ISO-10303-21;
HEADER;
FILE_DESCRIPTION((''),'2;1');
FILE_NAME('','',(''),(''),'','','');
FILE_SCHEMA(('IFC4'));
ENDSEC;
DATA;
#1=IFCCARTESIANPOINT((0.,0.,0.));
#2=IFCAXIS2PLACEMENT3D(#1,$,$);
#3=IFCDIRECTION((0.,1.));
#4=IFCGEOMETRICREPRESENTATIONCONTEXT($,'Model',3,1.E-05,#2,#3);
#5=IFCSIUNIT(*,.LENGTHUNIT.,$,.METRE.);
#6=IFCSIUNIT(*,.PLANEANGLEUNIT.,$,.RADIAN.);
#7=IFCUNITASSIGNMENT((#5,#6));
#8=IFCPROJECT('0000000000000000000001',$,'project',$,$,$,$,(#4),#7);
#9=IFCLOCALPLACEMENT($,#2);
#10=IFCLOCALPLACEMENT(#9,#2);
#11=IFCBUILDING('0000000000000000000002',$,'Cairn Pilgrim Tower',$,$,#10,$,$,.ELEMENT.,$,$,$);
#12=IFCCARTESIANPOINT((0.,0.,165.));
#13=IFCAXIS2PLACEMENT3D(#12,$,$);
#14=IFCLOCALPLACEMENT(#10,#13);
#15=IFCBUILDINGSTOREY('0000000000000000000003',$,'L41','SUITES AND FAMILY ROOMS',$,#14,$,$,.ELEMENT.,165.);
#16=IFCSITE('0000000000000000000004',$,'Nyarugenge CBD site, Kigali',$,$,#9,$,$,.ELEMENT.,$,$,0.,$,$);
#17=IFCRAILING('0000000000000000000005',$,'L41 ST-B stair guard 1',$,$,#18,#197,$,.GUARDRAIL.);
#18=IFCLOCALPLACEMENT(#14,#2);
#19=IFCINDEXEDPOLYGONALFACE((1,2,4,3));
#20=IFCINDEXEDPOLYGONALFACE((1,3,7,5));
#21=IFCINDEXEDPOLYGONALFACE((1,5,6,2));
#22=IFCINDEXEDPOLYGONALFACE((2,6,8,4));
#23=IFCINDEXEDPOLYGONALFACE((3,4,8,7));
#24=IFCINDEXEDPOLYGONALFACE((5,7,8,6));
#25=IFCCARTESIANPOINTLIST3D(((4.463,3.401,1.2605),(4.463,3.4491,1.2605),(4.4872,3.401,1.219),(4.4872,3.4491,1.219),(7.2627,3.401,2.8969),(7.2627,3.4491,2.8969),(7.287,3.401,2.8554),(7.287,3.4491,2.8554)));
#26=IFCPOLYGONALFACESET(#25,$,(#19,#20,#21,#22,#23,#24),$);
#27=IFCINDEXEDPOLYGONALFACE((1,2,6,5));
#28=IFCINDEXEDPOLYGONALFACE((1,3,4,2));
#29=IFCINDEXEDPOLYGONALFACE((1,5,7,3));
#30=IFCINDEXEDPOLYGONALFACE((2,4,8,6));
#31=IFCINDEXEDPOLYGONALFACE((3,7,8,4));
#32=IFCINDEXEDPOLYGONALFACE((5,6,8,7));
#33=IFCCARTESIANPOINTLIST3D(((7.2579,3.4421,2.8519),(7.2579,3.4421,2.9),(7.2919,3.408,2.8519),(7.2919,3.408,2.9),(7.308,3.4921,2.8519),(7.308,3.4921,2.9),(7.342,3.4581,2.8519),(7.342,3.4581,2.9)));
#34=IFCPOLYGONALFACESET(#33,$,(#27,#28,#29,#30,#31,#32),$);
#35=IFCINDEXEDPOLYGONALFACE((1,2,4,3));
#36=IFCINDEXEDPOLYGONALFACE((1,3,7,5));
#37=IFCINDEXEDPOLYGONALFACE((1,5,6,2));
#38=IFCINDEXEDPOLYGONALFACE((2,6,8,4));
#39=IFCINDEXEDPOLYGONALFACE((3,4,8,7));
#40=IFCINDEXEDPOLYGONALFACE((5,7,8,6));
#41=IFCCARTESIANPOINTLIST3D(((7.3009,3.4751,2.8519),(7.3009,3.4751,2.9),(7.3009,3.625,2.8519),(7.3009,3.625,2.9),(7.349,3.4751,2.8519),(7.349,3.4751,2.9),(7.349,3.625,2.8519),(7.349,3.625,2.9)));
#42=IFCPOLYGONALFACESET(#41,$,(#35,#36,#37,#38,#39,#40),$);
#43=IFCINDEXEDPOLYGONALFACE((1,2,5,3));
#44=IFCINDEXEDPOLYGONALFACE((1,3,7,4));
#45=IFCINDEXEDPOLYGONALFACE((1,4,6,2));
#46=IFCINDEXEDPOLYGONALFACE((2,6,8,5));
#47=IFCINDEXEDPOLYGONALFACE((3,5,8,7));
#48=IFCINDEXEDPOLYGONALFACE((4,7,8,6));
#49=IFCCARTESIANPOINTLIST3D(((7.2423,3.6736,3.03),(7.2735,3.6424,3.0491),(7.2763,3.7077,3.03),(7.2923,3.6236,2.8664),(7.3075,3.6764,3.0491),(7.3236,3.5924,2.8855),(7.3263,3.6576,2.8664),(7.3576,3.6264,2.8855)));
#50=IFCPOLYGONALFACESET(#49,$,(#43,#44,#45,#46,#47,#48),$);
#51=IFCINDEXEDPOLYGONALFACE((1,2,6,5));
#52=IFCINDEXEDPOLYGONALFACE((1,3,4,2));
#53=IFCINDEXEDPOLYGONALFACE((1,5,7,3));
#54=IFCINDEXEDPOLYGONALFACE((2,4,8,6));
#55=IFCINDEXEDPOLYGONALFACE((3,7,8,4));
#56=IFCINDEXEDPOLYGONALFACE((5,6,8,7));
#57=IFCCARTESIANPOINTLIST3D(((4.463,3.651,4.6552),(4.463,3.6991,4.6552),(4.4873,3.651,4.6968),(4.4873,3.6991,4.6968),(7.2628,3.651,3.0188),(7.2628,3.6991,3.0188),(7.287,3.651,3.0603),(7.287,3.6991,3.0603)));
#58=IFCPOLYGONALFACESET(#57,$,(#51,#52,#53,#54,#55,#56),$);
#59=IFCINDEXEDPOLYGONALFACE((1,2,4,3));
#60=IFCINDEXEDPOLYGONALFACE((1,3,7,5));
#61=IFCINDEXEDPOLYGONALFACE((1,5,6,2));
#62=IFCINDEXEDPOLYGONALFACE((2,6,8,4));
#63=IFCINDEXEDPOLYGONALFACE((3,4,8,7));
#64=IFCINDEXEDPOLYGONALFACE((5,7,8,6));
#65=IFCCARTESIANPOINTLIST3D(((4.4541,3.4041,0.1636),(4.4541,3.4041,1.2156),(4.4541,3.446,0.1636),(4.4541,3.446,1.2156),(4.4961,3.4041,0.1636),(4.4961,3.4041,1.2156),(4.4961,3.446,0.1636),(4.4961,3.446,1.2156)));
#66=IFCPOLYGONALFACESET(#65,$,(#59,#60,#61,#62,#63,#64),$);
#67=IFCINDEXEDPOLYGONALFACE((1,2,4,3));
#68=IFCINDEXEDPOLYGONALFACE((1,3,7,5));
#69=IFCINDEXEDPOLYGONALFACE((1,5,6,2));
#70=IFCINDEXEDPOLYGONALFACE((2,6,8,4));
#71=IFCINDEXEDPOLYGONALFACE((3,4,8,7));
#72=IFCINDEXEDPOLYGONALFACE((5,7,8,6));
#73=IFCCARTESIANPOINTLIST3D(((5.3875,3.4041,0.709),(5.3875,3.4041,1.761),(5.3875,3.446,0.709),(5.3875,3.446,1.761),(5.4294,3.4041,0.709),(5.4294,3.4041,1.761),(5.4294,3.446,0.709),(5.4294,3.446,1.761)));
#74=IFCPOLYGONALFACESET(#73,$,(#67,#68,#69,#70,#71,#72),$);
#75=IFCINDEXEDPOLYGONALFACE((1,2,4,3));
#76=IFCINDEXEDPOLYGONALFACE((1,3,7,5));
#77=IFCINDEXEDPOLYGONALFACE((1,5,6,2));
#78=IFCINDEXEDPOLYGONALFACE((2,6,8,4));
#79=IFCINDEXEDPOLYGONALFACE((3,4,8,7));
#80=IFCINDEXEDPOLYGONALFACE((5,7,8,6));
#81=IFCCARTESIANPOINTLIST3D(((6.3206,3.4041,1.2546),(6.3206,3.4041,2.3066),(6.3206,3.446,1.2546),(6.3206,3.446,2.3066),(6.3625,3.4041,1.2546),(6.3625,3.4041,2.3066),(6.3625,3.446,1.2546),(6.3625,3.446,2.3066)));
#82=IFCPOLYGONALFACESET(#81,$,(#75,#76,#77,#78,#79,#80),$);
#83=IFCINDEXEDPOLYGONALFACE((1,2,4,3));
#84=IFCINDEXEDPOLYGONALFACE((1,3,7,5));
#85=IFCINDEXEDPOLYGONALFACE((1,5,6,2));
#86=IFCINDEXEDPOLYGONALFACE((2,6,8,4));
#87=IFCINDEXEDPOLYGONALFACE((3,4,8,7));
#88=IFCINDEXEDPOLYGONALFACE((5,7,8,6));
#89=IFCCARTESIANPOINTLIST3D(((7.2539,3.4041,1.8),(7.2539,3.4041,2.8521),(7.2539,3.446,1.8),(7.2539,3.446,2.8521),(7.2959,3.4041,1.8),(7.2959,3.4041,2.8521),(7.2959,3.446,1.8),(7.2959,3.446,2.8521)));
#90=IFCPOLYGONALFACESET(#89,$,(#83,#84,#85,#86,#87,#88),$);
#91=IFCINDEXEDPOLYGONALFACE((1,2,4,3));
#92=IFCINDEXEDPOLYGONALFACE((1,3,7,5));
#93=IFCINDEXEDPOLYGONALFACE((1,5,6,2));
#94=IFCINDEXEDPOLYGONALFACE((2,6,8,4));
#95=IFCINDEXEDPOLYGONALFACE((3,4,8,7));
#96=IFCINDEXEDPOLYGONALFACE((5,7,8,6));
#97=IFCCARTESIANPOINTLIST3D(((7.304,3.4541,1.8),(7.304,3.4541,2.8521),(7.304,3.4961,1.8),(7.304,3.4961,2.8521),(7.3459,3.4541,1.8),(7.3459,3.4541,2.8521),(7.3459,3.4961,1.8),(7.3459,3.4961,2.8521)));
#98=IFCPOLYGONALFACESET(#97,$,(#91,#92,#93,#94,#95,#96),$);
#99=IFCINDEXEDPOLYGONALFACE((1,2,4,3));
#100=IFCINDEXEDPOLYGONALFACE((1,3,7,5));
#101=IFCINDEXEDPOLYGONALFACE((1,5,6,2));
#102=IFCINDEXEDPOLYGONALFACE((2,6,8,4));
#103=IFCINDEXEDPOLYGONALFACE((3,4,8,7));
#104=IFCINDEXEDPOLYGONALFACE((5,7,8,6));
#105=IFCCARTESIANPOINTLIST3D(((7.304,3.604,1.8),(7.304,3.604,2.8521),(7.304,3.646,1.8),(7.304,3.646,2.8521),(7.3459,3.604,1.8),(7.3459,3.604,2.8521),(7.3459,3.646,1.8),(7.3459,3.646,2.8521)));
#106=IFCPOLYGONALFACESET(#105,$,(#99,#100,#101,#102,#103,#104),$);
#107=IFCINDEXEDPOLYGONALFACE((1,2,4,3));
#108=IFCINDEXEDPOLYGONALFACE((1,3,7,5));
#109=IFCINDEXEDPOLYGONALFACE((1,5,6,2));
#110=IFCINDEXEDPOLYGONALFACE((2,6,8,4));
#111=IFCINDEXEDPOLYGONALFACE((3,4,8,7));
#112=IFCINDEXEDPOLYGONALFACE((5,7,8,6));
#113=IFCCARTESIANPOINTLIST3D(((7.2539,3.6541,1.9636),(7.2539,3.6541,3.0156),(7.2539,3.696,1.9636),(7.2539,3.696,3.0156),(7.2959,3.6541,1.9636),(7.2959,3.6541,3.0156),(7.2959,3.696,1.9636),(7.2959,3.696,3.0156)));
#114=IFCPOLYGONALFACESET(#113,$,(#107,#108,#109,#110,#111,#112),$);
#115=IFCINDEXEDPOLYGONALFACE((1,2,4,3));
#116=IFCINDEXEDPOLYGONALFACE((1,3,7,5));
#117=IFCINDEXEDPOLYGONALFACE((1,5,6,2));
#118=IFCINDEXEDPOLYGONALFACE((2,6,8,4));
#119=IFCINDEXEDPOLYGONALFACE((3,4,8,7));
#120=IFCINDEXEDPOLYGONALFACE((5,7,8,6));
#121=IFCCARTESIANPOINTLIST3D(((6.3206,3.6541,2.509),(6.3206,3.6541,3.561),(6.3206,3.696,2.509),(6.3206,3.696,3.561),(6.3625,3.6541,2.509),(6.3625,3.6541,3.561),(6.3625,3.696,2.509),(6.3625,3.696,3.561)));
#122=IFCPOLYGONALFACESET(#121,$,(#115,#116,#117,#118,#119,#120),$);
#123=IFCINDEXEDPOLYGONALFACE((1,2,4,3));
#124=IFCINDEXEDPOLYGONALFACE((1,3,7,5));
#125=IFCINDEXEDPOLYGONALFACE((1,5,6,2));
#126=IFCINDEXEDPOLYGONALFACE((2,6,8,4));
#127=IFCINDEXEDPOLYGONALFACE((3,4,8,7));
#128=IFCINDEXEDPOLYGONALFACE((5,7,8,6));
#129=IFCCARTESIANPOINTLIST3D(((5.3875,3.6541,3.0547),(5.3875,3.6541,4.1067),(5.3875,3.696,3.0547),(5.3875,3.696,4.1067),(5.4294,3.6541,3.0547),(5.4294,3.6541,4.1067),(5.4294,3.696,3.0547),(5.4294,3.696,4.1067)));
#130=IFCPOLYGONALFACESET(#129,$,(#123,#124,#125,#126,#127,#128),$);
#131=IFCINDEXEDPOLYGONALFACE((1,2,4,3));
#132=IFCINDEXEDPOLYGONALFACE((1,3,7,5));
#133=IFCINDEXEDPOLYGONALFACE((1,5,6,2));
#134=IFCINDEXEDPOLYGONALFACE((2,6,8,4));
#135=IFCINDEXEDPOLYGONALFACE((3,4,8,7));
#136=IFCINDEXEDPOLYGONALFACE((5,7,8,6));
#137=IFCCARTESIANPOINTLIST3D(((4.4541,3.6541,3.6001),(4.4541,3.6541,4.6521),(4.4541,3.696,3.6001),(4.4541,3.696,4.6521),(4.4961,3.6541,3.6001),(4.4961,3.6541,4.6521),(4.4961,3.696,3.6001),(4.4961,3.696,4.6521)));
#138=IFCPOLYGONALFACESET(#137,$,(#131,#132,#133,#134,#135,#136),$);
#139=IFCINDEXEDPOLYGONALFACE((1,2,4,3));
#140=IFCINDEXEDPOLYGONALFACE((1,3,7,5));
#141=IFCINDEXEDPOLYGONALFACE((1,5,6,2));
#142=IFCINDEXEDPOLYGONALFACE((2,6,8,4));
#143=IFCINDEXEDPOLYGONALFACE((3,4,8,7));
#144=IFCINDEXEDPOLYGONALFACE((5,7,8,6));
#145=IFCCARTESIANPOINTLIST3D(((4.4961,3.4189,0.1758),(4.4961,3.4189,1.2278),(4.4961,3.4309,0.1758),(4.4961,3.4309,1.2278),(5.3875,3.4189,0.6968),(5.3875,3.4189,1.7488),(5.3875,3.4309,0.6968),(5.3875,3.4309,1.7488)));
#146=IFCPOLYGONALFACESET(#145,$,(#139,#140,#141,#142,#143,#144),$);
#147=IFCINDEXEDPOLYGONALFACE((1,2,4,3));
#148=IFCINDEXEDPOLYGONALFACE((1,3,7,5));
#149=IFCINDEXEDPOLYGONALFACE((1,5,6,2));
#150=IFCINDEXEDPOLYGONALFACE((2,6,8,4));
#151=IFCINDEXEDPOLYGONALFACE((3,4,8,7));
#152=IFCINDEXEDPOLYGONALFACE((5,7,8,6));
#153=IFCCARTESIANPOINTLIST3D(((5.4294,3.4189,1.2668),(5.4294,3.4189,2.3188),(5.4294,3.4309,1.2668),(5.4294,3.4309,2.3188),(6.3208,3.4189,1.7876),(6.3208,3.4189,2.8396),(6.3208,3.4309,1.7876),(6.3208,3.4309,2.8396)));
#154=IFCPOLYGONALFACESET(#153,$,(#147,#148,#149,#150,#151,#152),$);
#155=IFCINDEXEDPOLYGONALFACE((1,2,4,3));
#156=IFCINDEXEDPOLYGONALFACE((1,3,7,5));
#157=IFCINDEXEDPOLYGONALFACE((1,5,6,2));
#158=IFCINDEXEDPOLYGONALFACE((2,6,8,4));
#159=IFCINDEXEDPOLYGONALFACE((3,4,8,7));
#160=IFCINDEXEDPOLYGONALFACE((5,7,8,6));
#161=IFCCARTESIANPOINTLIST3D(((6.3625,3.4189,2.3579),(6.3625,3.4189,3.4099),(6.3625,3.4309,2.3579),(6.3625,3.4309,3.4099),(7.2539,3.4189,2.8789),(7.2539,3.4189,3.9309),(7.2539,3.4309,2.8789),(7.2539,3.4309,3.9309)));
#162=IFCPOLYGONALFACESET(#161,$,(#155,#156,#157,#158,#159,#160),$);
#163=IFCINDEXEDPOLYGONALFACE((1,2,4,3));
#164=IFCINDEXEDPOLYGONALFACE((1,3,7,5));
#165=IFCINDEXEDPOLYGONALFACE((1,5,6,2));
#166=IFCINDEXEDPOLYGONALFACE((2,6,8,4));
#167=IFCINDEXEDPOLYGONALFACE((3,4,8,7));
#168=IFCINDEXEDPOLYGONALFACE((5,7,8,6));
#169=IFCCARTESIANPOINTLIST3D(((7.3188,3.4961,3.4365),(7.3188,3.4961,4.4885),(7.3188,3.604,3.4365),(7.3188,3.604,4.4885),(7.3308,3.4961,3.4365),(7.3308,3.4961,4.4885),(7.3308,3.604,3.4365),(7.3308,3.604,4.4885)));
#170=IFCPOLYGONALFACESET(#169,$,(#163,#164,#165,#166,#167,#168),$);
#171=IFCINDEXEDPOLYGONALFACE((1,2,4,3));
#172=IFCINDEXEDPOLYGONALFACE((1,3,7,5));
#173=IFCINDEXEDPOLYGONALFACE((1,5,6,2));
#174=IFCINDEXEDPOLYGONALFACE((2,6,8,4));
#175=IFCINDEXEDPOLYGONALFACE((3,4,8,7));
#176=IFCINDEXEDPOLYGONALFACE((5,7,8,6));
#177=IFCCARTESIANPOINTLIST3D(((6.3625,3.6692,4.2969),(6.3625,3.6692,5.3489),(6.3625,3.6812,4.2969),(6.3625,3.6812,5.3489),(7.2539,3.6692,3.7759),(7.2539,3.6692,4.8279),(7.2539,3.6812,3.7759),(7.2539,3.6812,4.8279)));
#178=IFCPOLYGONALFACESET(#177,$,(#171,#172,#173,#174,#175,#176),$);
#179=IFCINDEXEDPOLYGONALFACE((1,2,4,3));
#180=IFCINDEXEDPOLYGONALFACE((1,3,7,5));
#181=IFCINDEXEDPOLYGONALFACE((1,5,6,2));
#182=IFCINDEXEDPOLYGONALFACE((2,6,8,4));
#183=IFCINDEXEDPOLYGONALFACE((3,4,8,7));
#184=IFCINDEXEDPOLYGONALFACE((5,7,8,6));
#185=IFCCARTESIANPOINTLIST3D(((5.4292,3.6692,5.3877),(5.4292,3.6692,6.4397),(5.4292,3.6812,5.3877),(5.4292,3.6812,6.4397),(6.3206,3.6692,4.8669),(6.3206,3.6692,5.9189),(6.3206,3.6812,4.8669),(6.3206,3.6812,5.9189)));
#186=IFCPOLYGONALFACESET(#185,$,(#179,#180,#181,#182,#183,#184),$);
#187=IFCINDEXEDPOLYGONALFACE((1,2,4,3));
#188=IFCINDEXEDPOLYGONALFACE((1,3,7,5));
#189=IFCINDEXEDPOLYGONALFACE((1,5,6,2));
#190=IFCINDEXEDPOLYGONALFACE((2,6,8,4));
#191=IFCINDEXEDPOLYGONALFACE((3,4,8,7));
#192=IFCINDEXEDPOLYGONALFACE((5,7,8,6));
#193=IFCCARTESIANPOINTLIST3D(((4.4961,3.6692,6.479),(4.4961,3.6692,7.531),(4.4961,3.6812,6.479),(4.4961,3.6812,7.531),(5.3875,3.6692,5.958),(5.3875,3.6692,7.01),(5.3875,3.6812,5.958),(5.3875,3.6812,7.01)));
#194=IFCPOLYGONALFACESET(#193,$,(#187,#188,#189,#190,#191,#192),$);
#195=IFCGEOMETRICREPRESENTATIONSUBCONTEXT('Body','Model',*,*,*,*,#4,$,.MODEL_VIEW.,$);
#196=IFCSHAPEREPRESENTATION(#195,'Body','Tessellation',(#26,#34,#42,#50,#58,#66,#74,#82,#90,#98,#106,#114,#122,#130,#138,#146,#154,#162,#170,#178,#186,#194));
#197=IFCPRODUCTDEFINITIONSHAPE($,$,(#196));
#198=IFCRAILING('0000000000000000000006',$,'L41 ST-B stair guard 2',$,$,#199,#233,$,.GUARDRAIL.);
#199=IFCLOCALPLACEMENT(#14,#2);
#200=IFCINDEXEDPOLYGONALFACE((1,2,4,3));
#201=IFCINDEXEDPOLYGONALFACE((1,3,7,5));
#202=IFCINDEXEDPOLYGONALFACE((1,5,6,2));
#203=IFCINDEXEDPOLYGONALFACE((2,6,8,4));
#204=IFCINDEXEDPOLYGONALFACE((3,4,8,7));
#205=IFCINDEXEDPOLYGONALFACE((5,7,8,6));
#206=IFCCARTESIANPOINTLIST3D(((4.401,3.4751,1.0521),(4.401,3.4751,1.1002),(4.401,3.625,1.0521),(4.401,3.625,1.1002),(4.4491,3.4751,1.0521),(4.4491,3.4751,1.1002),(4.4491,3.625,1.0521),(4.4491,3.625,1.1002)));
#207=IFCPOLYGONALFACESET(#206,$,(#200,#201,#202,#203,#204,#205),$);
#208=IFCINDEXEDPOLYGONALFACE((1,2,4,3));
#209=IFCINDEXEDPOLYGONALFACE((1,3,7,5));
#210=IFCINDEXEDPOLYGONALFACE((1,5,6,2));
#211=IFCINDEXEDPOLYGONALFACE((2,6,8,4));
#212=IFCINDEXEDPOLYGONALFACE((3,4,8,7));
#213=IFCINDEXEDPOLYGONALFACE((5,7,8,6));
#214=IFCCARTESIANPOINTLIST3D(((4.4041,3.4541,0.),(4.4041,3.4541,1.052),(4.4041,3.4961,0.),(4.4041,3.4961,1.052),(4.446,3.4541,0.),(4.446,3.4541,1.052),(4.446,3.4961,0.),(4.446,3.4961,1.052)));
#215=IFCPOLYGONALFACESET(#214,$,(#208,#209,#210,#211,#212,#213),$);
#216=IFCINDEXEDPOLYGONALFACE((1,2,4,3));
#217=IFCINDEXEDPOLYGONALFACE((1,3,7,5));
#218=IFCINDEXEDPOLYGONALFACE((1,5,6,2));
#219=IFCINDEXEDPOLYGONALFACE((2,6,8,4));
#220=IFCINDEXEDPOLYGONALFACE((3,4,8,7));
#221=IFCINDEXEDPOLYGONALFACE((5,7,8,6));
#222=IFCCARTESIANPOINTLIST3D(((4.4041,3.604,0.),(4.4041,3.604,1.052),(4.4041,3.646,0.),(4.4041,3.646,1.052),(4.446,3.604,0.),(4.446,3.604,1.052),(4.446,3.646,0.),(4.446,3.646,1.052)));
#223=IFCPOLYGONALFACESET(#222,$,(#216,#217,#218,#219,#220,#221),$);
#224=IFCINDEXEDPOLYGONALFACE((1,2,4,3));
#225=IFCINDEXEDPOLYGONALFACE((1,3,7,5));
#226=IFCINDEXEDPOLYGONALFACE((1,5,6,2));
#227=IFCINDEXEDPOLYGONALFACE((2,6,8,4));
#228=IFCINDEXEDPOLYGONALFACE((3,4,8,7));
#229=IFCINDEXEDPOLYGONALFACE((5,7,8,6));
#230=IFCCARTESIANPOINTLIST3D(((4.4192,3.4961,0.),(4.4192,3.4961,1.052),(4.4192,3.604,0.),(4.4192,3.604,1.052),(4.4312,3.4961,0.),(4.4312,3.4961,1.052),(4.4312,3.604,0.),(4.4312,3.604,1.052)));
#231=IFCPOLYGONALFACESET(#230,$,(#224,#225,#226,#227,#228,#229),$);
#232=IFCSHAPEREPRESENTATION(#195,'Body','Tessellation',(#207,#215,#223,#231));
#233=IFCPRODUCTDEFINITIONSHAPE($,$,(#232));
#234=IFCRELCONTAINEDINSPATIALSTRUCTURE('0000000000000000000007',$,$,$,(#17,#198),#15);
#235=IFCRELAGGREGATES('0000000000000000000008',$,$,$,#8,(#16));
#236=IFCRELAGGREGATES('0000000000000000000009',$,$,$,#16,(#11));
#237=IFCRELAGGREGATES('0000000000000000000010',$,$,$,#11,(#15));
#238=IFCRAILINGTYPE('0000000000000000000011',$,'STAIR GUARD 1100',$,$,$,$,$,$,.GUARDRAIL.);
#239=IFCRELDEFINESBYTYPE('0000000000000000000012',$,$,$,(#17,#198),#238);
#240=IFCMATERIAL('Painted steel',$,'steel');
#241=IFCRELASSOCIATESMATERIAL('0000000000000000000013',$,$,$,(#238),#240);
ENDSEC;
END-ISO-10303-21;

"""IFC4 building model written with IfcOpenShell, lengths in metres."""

from ifc_helpers import new_model, si_unit, direction, frame, origin, origin_2d, place, context, subcontext, project, spatial, polyline, rectangle, outline, extrude, material, type_object, element, save


model = new_model("IFC4")

# Units and contexts
model_context = context("Model", 3, precision=1e-05, world=origin(), true_north=direction((0.0, 1.0)))
body_context = subcontext(model_context, "Body", "Model", "MODEL_VIEW")
ifc_project = project(units=[si_unit("LENGTHUNIT", "METRE"), si_unit("PLANEANGLEUNIT", "RADIAN")], contexts=[model_context])

# Site, building, storey
site_placement = place(None, origin())
site = spatial("IfcSite", under=ifc_project, at=site_placement, Name="Nyarugenge CBD site, Kigali", CompositionType="ELEMENT", RefElevation=0.0)
building_placement = place(site_placement, origin())
building = spatial("IfcBuilding", under=site, at=building_placement, Name="Cairn Pilgrim Tower", CompositionType="ELEMENT")
storey_placement = place(building_placement, frame((0.0, 0.0, 165.0)))
storey = spatial("IfcBuildingStorey", under=building, at=storey_placement, Name="L41", Description="SUITES AND FAMILY ROOMS", CompositionType="ELEMENT", Elevation=165.0)

# Shared definitions
ifc_material_1 = material(Name="Painted steel", Category="steel")

# Railings
railing_type_1 = type_object("IfcRailingType", Name="STAIR GUARD 1100", PredefinedType="GUARDRAIL", material=ifc_material_1)
railing_1_placement = place(storey_placement, frame((4.4751, 3.425, 0.1636)))
element("IfcRailing", 1, at=railing_1_placement, inside=storey, type_object=railing_type_1, Name="L41 ST-B stair guard 1", PredefinedType="GUARDRAIL", context=body_context, shape_type="SweptSolid", body=[
    extrude(rectangle(XDim=0.0481, YDim=0.0481, at=origin_2d()), frame((0.0, 0.0, 1.0762), z_axis=(0.863342, 0.0, 0.50462), x_axis=(0.0, 1.0, 0.0)), (0.0, 0.0, 1.0), 3.2429),
    extrude(rectangle(XDim=0.0481, YDim=0.0481, at=origin_2d()), frame((2.7998, 0.0, 2.7124), z_axis=(0.707107, 0.707107, 0.0), x_axis=(-0.707107, 0.707107, 0.0)), (0.0, 0.0, 1.0), 0.0708),
    extrude(rectangle(XDim=0.0481, YDim=0.0481, at=origin_2d()), frame((2.8499, 0.05, 2.7124), z_axis=(0.0, 1.0, 0.0), x_axis=(-1.0, 0.0, 0.0)), (0.0, 0.0, 1.0), 0.1499),
    extrude(rectangle(XDim=0.0481, YDim=0.0481, at=origin_2d()), frame((2.8499, 0.2, 2.7124), z_axis=(-0.280809, 0.280809, 0.917765), x_axis=(-0.707107, -0.707107, 0.0)), (0.0, 0.0, 1.0), 0.1782),
    extrude(rectangle(XDim=0.0481, YDim=0.0481, at=origin_2d()), frame((2.7998, 0.25, 2.876), z_axis=(-0.863342, 0.0, 0.50462), x_axis=(0.0, -1.0, 0.0)), (0.0, 0.0, 1.0), 3.2429),
    extrude(rectangle(XDim=0.042, YDim=0.042, at=origin_2d()), origin(), (0.0, 0.0, 1.0), 1.052),
    extrude(rectangle(XDim=0.042, YDim=0.042, at=origin_2d()), frame((0.9333, 0.0, 0.5454)), (0.0, 0.0, 1.0), 1.052),
    extrude(rectangle(XDim=0.042, YDim=0.042, at=origin_2d()), frame((1.8665, 0.0, 1.0911)), (0.0, 0.0, 1.0), 1.052),
    extrude(rectangle(XDim=0.042, YDim=0.042, at=origin_2d()), frame((2.7998, 0.0, 1.6365)), (0.0, 0.0, 1.0), 1.052),
    extrude(rectangle(XDim=0.042, YDim=0.042, at=origin_2d()), frame((2.8499, 0.05, 1.6365)), (0.0, 0.0, 1.0), 1.052),
    extrude(rectangle(XDim=0.042, YDim=0.042, at=origin_2d()), frame((2.8499, 0.2, 1.6365)), (0.0, 0.0, 1.0), 1.052),
    extrude(rectangle(XDim=0.042, YDim=0.042, at=origin_2d()), frame((2.7998, 0.25, 1.8)), (0.0, 0.0, 1.0), 1.052),
    extrude(rectangle(XDim=0.042, YDim=0.042, at=origin_2d()), frame((1.8665, 0.25, 2.3455)), (0.0, 0.0, 1.0), 1.052),
    extrude(rectangle(XDim=0.042, YDim=0.042, at=origin_2d()), frame((0.9333, 0.25, 2.8911)), (0.0, 0.0, 1.0), 1.052),
    extrude(rectangle(XDim=0.042, YDim=0.042, at=origin_2d()), frame((0.0, 0.25, 3.4365)), (0.0, 0.0, 1.0), 1.052),
    extrude(outline(polyline([(0.021, 0.0122), (0.9124, 0.5332), (0.9124, 1.5852), (0.021, 1.0642), (0.021, 0.0122)])), frame((0.0, 0.0059, 0.0), z_axis=(0.0, -1.0, 0.0), x_axis=(1.0, 0.0, 0.0)), (0.0, 0.0, 1.0), 0.012),
    extrude(outline(polyline([(0.021, 0.5579), (0.9124, 1.0786), (0.9124, 2.1306), (0.021, 1.6099), (0.021, 0.5579)])), frame((0.9333, 0.0059, 0.5454), z_axis=(0.0, -1.0, 0.0), x_axis=(1.0, 0.0, 0.0)), (0.0, 0.0, 1.0), 0.012),
    extrude(outline(polyline([(0.021, 1.1033), (0.9124, 1.6243), (0.9124, 2.6763), (0.021, 2.1553), (0.021, 1.1033)])), frame((1.8665, 0.0059, 1.0911), z_axis=(0.0, -1.0, 0.0), x_axis=(1.0, 0.0, 0.0)), (0.0, 0.0, 1.0), 0.012),
    extrude(outline(polyline([(0.021, 1.6365), (0.1289, 1.6365), (0.1289, 2.6885), (0.021, 2.6885), (0.021, 1.6365)])), frame((2.8438, 0.05, 1.6365), z_axis=(1.0, 0.0, 0.0), x_axis=(0.0, 1.0, 0.0)), (0.0, 0.0, 1.0), 0.012),
    extrude(outline(polyline([(0.021, 1.8123), (0.9124, 2.3333), (0.9124, 3.3853), (0.021, 2.8643), (0.021, 1.8123)])), frame((2.7998, 0.2441, 1.8), z_axis=(0.0, 1.0, 0.0), x_axis=(-1.0, 0.0, 0.0)), (0.0, 0.0, 1.0), 0.012),
    extrude(outline(polyline([(0.021, 2.3579), (0.9124, 2.8787), (0.9124, 3.9307), (0.021, 3.4099), (0.021, 2.3579)])), frame((1.8665, 0.2441, 2.3455), z_axis=(0.0, 1.0, 0.0), x_axis=(-1.0, 0.0, 0.0)), (0.0, 0.0, 1.0), 0.012),
    extrude(outline(polyline([(0.021, 2.9033), (0.9124, 3.4243), (0.9124, 4.4763), (0.021, 3.9553), (0.021, 2.9033)])), frame((0.9333, 0.2441, 2.8911), z_axis=(0.0, 1.0, 0.0), x_axis=(-1.0, 0.0, 0.0)), (0.0, 0.0, 1.0), 0.012),
])
railing_2_placement = place(storey_placement, frame((4.425, 3.4751, 0.0)))
element("IfcRailing", 2, at=railing_2_placement, inside=storey, type_object=railing_type_1, Name="L41 ST-B stair guard 2", PredefinedType="GUARDRAIL", context=body_context, shape_type="SweptSolid", body=[
    extrude(rectangle(XDim=0.0481, YDim=0.0481, at=origin_2d()), frame((0.0, 0.0, 1.0762), z_axis=(0.0, 1.0, 0.0), x_axis=(-1.0, 0.0, 0.0)), (0.0, 0.0, 1.0), 0.1499),
    extrude(rectangle(XDim=0.042, YDim=0.042, at=origin_2d()), origin(), (0.0, 0.0, 1.0), 1.052),
    extrude(rectangle(XDim=0.042, YDim=0.042, at=origin_2d()), frame((0.0, 0.1499, 0.0)), (0.0, 0.0, 1.0), 1.052),
    extrude(outline(polyline([(0.021, 0.0), (0.1289, 0.0), (0.1289, 1.052), (0.021, 1.052), (0.021, 0.0)])), frame((-0.0059, 0.0, 0.0), z_axis=(1.0, 0.0, 0.0), x_axis=(0.0, 1.0, 0.0)), (0.0, 0.0, 1.0), 0.012),
])

save(model, "model.ifc")
